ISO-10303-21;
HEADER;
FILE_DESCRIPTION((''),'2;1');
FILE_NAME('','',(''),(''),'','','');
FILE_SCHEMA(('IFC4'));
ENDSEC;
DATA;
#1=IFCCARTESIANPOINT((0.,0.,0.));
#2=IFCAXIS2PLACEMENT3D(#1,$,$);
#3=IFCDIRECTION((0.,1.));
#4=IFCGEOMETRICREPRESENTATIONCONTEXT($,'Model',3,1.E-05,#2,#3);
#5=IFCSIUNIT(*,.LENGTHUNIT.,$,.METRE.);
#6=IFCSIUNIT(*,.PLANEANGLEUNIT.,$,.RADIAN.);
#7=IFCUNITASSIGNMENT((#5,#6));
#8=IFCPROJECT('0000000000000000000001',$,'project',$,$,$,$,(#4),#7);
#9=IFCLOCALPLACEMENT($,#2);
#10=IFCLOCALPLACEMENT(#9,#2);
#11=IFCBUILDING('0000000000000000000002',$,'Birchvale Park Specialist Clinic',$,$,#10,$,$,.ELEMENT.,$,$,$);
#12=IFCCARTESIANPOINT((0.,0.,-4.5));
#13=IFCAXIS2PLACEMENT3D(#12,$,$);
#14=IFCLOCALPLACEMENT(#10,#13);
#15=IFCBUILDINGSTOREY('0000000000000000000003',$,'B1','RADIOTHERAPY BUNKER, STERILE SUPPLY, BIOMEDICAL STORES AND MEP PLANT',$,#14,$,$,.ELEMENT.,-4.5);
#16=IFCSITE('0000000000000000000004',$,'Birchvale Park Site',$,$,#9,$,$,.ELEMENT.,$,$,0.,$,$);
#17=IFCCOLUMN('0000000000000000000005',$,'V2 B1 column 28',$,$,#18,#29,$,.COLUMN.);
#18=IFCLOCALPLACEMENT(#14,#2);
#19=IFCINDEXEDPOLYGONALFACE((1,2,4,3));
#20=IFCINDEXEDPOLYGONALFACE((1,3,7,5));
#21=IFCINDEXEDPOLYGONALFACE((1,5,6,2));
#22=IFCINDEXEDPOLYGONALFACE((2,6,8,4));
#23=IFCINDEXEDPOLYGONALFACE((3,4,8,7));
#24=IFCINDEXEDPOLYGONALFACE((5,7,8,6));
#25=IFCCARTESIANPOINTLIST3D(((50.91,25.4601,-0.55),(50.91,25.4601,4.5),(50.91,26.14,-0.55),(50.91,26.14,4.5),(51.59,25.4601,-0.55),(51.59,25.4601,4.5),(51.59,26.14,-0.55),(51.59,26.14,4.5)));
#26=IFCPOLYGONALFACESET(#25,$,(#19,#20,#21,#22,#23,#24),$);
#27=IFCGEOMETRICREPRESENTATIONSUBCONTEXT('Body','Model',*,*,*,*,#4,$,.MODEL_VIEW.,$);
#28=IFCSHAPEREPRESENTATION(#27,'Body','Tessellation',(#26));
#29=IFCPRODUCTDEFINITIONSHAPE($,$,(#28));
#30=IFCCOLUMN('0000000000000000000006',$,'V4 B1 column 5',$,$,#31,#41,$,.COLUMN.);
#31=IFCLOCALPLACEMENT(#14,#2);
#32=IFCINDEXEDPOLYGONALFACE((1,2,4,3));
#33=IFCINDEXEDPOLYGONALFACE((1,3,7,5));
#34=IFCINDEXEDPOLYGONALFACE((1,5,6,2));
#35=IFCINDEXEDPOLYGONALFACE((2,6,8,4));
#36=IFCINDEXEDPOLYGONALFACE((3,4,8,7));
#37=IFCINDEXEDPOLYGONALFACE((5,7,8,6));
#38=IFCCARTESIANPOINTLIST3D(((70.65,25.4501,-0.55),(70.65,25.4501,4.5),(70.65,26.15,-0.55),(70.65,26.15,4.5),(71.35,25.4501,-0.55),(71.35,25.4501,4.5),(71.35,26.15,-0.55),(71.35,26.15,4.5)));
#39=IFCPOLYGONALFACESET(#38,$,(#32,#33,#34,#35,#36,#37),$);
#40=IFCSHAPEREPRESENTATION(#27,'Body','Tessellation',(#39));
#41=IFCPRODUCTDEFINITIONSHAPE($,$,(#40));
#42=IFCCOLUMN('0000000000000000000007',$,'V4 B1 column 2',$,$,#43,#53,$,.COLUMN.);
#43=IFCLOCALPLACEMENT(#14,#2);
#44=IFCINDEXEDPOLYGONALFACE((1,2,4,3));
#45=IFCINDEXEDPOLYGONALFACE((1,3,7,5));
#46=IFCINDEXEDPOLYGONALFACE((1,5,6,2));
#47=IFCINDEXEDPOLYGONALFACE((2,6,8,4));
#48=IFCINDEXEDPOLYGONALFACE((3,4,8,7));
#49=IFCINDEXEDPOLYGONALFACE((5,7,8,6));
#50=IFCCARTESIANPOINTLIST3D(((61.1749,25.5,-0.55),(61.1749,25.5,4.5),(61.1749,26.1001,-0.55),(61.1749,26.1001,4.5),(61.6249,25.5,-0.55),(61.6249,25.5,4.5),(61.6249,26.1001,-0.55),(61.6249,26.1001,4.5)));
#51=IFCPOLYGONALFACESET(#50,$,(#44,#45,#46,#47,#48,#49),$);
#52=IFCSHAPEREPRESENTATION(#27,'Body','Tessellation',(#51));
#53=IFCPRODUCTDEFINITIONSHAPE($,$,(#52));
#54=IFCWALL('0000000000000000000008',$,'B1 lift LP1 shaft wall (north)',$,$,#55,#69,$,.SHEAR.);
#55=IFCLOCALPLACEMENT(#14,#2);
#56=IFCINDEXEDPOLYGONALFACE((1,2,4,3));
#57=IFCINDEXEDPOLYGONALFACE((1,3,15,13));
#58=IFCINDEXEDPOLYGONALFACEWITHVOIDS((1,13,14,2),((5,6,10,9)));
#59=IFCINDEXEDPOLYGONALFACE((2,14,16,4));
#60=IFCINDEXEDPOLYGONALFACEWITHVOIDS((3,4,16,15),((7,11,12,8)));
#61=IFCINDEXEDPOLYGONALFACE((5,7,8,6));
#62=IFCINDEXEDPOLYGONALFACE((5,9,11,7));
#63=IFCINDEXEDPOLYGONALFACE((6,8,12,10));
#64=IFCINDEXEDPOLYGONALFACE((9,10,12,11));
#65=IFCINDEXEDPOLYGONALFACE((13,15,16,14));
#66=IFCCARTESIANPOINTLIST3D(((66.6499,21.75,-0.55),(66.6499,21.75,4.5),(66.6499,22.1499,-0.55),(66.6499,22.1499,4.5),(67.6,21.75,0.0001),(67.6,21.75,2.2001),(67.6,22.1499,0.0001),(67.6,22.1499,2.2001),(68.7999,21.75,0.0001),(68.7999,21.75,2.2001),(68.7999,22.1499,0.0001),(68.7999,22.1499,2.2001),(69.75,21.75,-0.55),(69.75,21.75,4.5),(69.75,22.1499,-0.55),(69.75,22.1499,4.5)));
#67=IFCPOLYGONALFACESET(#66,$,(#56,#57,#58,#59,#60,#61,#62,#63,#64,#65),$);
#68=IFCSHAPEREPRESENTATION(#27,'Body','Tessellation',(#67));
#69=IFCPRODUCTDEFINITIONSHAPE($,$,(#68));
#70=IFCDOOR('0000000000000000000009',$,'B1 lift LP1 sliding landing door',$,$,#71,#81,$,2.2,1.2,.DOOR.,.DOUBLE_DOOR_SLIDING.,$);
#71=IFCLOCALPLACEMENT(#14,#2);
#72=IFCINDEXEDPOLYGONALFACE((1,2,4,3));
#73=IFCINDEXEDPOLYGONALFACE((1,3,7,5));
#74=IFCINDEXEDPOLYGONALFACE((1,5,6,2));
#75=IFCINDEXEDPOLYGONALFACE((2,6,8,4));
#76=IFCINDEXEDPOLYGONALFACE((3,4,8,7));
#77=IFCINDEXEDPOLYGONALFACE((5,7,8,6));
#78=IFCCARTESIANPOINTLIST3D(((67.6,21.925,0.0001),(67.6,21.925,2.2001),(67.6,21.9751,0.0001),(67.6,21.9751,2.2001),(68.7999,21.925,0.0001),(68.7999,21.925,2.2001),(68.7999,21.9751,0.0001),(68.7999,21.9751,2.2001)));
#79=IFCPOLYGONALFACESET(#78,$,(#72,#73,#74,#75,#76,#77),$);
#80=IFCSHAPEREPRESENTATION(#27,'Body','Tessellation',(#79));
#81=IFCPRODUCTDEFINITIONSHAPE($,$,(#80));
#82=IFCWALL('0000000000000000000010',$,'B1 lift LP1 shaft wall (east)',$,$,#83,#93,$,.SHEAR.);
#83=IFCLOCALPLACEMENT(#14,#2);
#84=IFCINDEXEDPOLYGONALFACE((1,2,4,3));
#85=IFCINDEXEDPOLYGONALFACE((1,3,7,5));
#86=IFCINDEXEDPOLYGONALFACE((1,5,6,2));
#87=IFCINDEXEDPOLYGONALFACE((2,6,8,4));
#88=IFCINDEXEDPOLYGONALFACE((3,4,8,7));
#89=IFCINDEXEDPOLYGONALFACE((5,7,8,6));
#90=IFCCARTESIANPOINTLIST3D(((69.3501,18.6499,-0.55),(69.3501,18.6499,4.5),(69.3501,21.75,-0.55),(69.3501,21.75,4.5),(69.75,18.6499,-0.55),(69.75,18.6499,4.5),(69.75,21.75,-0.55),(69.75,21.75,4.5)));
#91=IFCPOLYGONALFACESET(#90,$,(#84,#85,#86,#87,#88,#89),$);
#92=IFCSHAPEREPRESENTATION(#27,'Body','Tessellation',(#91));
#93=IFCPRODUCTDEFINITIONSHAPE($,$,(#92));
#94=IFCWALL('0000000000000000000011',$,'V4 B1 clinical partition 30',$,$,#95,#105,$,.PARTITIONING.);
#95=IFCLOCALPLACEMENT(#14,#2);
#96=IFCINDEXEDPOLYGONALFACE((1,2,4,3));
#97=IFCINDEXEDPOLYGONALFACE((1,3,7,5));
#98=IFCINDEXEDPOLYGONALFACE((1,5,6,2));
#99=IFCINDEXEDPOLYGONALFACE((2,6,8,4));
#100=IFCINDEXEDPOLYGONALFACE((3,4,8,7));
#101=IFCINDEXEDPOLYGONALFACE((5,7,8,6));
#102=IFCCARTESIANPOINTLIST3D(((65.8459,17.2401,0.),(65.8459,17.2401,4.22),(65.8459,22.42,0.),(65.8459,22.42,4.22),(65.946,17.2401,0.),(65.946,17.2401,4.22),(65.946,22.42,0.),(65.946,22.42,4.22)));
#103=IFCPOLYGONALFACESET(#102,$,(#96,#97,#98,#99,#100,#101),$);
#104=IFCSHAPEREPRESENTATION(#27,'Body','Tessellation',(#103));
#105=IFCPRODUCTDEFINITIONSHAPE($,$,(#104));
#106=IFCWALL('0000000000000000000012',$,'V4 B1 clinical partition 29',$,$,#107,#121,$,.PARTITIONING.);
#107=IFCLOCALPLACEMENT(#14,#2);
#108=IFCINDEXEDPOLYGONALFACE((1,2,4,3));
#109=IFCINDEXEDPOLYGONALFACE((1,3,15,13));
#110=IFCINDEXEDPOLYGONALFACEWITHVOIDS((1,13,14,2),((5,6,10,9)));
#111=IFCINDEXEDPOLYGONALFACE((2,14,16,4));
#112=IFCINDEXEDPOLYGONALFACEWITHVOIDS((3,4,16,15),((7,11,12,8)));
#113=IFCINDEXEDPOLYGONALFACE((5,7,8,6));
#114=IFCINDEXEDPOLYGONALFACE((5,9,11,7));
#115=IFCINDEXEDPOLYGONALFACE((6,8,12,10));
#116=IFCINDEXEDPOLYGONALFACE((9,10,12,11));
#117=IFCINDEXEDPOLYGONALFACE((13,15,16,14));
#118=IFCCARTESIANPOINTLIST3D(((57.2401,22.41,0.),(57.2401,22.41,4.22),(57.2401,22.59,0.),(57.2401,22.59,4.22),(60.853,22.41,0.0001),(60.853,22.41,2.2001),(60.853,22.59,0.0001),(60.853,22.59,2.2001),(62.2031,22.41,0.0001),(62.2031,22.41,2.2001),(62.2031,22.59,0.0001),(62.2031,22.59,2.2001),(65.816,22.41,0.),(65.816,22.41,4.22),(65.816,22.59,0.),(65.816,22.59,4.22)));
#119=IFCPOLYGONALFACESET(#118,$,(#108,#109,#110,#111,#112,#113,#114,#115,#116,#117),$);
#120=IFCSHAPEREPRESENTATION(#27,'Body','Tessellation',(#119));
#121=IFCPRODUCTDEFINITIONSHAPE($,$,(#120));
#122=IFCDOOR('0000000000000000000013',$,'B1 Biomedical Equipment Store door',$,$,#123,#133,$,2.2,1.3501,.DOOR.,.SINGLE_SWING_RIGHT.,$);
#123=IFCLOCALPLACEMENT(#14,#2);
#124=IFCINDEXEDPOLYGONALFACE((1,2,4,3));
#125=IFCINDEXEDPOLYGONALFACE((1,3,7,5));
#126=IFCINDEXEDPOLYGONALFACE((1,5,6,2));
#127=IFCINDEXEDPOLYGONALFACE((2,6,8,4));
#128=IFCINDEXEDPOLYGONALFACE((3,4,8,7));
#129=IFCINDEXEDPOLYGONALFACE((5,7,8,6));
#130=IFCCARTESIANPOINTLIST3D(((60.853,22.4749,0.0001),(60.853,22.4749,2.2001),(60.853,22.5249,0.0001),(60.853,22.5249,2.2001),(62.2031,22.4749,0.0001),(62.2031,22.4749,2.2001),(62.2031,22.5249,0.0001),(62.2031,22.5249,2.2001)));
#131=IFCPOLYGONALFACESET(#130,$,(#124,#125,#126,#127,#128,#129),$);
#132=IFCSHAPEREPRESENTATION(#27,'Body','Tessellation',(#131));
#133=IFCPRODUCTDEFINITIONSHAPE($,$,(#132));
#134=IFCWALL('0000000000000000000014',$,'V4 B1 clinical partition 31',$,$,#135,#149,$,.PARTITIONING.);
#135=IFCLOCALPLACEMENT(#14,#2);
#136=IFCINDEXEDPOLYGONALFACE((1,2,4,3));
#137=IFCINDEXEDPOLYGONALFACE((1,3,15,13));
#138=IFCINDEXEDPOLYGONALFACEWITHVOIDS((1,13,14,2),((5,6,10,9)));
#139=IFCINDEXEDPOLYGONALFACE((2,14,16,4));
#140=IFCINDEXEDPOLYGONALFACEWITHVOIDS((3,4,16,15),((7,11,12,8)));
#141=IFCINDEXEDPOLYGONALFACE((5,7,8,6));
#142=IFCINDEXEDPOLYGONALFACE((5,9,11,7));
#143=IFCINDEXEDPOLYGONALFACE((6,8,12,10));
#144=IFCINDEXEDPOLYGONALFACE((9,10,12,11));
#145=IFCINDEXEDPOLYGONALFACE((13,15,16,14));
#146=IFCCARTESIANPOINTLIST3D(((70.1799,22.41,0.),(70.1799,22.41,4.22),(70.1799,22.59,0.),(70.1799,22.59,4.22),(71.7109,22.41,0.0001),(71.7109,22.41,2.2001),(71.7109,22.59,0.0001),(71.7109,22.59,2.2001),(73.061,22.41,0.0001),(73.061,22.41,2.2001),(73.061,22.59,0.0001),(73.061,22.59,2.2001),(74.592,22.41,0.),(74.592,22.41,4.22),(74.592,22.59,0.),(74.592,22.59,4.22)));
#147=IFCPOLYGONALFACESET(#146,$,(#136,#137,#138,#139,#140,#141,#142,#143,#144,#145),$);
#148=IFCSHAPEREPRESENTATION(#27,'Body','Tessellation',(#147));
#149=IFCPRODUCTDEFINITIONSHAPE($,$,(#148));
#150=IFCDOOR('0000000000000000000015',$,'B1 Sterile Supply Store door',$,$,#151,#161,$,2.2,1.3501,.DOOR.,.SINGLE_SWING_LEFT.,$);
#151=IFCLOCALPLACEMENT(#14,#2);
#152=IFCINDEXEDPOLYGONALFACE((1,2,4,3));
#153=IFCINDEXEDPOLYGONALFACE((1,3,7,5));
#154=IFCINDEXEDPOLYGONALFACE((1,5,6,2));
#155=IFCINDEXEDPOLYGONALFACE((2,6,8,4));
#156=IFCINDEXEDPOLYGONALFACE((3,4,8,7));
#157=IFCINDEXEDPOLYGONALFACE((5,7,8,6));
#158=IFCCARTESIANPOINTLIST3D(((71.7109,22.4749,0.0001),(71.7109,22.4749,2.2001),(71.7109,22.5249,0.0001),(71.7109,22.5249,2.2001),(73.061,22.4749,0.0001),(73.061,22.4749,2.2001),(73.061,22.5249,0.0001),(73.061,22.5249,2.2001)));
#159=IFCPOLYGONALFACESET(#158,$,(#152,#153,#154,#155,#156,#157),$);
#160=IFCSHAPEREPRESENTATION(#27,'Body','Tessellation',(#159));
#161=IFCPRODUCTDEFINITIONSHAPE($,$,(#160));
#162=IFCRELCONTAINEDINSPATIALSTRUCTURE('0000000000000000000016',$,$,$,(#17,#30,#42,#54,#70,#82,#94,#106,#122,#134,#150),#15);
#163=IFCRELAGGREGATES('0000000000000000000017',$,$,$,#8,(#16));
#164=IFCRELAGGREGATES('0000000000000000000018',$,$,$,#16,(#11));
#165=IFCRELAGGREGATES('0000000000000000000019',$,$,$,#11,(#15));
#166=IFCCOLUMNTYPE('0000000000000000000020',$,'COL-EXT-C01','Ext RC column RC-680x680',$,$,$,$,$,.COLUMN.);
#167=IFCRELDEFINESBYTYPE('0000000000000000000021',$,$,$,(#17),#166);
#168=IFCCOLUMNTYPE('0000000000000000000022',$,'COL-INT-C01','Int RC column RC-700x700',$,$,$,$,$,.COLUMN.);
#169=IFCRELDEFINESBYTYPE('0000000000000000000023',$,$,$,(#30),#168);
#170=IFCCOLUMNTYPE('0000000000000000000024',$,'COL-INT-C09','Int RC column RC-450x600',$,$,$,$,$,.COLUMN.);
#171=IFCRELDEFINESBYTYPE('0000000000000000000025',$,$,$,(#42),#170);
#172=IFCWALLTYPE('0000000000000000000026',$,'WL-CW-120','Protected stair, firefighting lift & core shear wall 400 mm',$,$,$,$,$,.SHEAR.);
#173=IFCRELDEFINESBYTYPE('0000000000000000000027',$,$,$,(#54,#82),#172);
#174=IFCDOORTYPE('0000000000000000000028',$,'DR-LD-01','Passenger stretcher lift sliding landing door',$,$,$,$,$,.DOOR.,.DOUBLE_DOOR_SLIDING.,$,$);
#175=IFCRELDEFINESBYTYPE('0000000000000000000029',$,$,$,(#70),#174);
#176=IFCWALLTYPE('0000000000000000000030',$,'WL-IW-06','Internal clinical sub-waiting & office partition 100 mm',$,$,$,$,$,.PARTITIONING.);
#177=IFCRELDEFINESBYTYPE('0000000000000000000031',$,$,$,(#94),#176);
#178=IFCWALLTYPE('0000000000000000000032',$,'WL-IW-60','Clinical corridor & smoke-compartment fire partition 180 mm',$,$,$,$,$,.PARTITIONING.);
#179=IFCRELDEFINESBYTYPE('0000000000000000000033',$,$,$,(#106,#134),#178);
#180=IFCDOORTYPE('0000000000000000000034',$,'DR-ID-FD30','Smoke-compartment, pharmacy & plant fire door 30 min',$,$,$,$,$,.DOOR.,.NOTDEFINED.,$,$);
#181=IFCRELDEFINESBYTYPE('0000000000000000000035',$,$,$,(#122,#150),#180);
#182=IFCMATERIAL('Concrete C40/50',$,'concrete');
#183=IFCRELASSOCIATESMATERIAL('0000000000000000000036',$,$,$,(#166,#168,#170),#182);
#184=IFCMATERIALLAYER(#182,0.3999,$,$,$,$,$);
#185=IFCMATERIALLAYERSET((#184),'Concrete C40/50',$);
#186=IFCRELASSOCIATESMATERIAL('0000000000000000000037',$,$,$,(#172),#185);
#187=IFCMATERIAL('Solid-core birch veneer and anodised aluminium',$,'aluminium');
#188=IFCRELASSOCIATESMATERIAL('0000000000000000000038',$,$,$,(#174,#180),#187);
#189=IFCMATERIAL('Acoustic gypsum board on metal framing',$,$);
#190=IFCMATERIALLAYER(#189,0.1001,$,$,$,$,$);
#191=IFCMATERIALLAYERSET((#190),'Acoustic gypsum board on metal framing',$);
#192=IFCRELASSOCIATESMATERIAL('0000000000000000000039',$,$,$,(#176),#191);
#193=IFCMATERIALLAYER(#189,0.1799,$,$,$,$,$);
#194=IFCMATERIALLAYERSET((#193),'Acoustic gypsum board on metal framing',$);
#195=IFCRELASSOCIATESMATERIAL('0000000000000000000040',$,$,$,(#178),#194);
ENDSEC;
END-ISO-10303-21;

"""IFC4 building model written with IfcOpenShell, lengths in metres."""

from ifc_helpers import new_model, si_unit, direction, frame, frame_2d, origin, origin_2d, place, context, subcontext, project, spatial, rectangle, extrude, material, layer, layer_set, material_profile, profile_set, type_object, element, fill, save


model = new_model("IFC4")

# Units and contexts
model_context = context("Model", 3, precision=1e-05, world=origin(), true_north=direction((0.0, 1.0)))
body_context = subcontext(model_context, "Body", "Model", "MODEL_VIEW")
ifc_project = project(units=[si_unit("LENGTHUNIT", "METRE"), si_unit("PLANEANGLEUNIT", "RADIAN")], contexts=[model_context])

# Site, building, storey
site_placement = place(None, origin())
site = spatial("IfcSite", under=ifc_project, at=site_placement, Name="Birchvale Park Site", CompositionType="ELEMENT", RefElevation=0.0)
building_placement = place(site_placement, origin())
building = spatial("IfcBuilding", under=site, at=building_placement, Name="Birchvale Park Specialist Clinic", CompositionType="ELEMENT")
storey_placement = place(building_placement, frame((0.0, 0.0, -4.5)))
storey = spatial("IfcBuildingStorey", under=building, at=storey_placement, Name="B1", Description="RADIOTHERAPY BUNKER, STERILE SUPPLY, BIOMEDICAL STORES AND MEP PLANT", CompositionType="ELEMENT", Elevation=-4.5)

# Shared definitions
ifc_material_1 = material(Name="Concrete C40/50", Category="concrete")

# Columns
ifc_material_profile_1 = material_profile(ifc_material_1, rectangle(XDim=0.6799, YDim=0.6799, at=origin_2d()), Name="RC-680x680")
ifc_profile_set_1 = profile_set([ifc_material_profile_1], Name="Concrete C40/50")
column_type_1 = type_object("IfcColumnType", Name="COL-EXT-C01", Description="Ext RC column RC-680x680", PredefinedType="COLUMN", material=ifc_profile_set_1)
column_1_placement = place(storey_placement, frame((51.25, 25.8, -0.55), z_axis=(0.0, 0.0, 1.0), x_axis=(1.0, 0.0, 0.0)))
element("IfcColumn", 1, at=column_1_placement, inside=storey, type_object=column_type_1, Name="V2 B1 column 28", PredefinedType="COLUMN", context=body_context, shape_type="SweptSolid", body=[
    extrude(rectangle(XDim=0.6799, YDim=0.6799, at=origin_2d()), origin(), (0.0, 0.0, 1.0), 5.05),
])
ifc_material_profile_2 = material_profile(ifc_material_1, rectangle(XDim=0.7, YDim=0.7, at=origin_2d()), Name="RC-700x700")
ifc_profile_set_2 = profile_set([ifc_material_profile_2], Name="Concrete C40/50")
column_type_2 = type_object("IfcColumnType", Name="COL-INT-C01", Description="Int RC column RC-700x700", PredefinedType="COLUMN", material=ifc_profile_set_2)
column_2_placement = place(storey_placement, frame((71.0, 25.8, -0.55), z_axis=(0.0, 0.0, 1.0), x_axis=(1.0, 0.0, 0.0)))
element("IfcColumn", 2, at=column_2_placement, inside=storey, type_object=column_type_2, Name="V4 B1 column 5", PredefinedType="COLUMN", context=body_context, shape_type="SweptSolid", body=[
    extrude(rectangle(XDim=0.7, YDim=0.7, at=origin_2d()), origin(), (0.0, 0.0, 1.0), 5.05),
])
ifc_material_profile_3 = material_profile(ifc_material_1, rectangle(XDim=0.45, YDim=0.6001, at=origin_2d()), Name="RC-450x600")
ifc_profile_set_3 = profile_set([ifc_material_profile_3], Name="Concrete C40/50")
column_type_3 = type_object("IfcColumnType", Name="COL-INT-C09", Description="Int RC column RC-450x600", PredefinedType="COLUMN", material=ifc_profile_set_3)
column_3_placement = place(storey_placement, frame((61.3999, 25.8, -0.55), z_axis=(0.0, 0.0, 1.0), x_axis=(1.0, 0.0, 0.0)))
element("IfcColumn", 3, at=column_3_placement, inside=storey, type_object=column_type_3, Name="V4 B1 column 2", PredefinedType="COLUMN", context=body_context, shape_type="SweptSolid", body=[
    extrude(rectangle(XDim=0.45, YDim=0.6001, at=origin_2d()), origin(), (0.0, 0.0, 1.0), 5.05),
])

# Wall, opening, door
ifc_layer_1 = layer(ifc_material_1, 0.3999)
ifc_layer_set_1 = layer_set([ifc_layer_1], Name="Concrete C40/50")
wall_type_1 = type_object("IfcWallType", Name="WL-CW-120", Description="Protected stair, firefighting lift & core shear wall 400 mm", PredefinedType="SHEAR", material=ifc_layer_set_1)
wall_1_placement = place(storey_placement, frame((69.75, 21.95, -0.55), z_axis=(0.0, 0.0, 1.0), x_axis=(-1.0, 0.0, 0.0)))
wall_1 = element("IfcWall", 4, at=wall_1_placement, inside=storey, type_object=wall_type_1, Name="B1 lift LP1 shaft wall (north)", PredefinedType="SHEAR", context=body_context, shape_type="SweptSolid", body=[
    extrude(rectangle(XDim=3.1001, YDim=0.3999, at=frame_2d((1.55, 0.0))), origin(), (0.0, 0.0, 1.0), 5.05),
])
opening_1_placement = place(wall_1_placement, frame((0.95, 0.0, 0.55)))
opening_1 = element("IfcOpeningElement", 5, at=opening_1_placement, cuts=wall_1, PredefinedType="OPENING", context=body_context, shape_type="SweptSolid", body=[
    extrude(rectangle(XDim=1.2, YDim=2.2, at=frame_2d((0.6001, 1.1001))), frame((0.0, 0.21, 0.0), z_axis=(0.0, -1.0, 0.0), x_axis=(1.0, 0.0, 0.0)), (0.0, 0.0, 1.0), 0.4199),
])
ifc_material_2 = material(Name="Solid-core birch veneer and anodised aluminium", Category="aluminium")
door_type_1 = type_object("IfcDoorType", Name="DR-LD-01", Description="Passenger stretcher lift sliding landing door", OperationType="DOUBLE_DOOR_SLIDING", PredefinedType="DOOR", material=ifc_material_2)
door_1_placement = place(opening_1_placement, origin())
door_1 = element("IfcDoor", 6, at=door_1_placement, inside=storey, type_object=door_type_1, Name="B1 lift LP1 sliding landing door", OperationType="DOUBLE_DOOR_SLIDING", OverallHeight=2.2, OverallWidth=1.2, PredefinedType="DOOR", context=body_context, shape_type="SweptSolid", body=[
    extrude(rectangle(XDim=1.2, YDim=2.2, at=frame_2d((0.6001, 1.1001))), frame((0.0, 0.0249, 0.0), z_axis=(0.0, -1.0, 0.0), x_axis=(1.0, 0.0, 0.0)), (0.0, 0.0, 1.0), 0.05),
])
fill(opening_1, door_1)

# Walls
wall_2_placement = place(storey_placement, frame((69.55, 21.75, -0.55), z_axis=(0.0, 0.0, 1.0), x_axis=(0.0, -1.0, 0.0)))
element("IfcWall", 7, at=wall_2_placement, inside=storey, type_object=wall_type_1, Name="B1 lift LP1 shaft wall (east)", PredefinedType="SHEAR", context=body_context, shape_type="SweptSolid", body=[
    extrude(rectangle(XDim=3.1001, YDim=0.3999, at=frame_2d((1.55, 0.0))), origin(), (0.0, 0.0, 1.0), 5.05),
])
ifc_material_3 = material(Name="Acoustic gypsum board on metal framing")
ifc_layer_2 = layer(ifc_material_3, 0.1001)
ifc_layer_set_2 = layer_set([ifc_layer_2], Name="Acoustic gypsum board on metal framing")
wall_type_2 = type_object("IfcWallType", Name="WL-IW-06", Description="Internal clinical sub-waiting & office partition 100 mm", PredefinedType="PARTITIONING", material=ifc_layer_set_2)
wall_3_placement = place(storey_placement, frame((65.896, 22.4199, 0.0), z_axis=(0.0, 0.0, 1.0), x_axis=(0.0, -1.0, 0.0)))
element("IfcWall", 8, at=wall_3_placement, inside=storey, type_object=wall_type_2, Name="V4 B1 clinical partition 30", PredefinedType="PARTITIONING", context=body_context, shape_type="SweptSolid", body=[
    extrude(rectangle(XDim=5.1799, YDim=0.1001, at=frame_2d((2.5898, 0.0))), origin(), (0.0, 0.0, 1.0), 4.22),
])

# Walls, openings, doors
ifc_layer_3 = layer(ifc_material_3, 0.1799)
ifc_layer_set_3 = layer_set([ifc_layer_3], Name="Acoustic gypsum board on metal framing")
wall_type_3 = type_object("IfcWallType", Name="WL-IW-60", Description="Clinical corridor & smoke-compartment fire partition 180 mm", PredefinedType="PARTITIONING", material=ifc_layer_set_3)
wall_4_placement = place(storey_placement, frame((57.24, 22.5, 0.0), z_axis=(0.0, 0.0, 1.0), x_axis=(1.0, 0.0, 0.0)))
wall_4 = element("IfcWall", 9, at=wall_4_placement, inside=storey, type_object=wall_type_3, Name="V4 B1 clinical partition 29", PredefinedType="PARTITIONING", context=body_context, shape_type="SweptSolid", body=[
    extrude(rectangle(XDim=8.5759, YDim=0.1799, at=frame_2d((4.2881, 0.0))), origin(), (0.0, 0.0, 1.0), 4.22),
])
opening_2_placement = place(wall_4_placement, frame((3.613, 0.0, 0.0)))
opening_2 = element("IfcOpeningElement", 10, at=opening_2_placement, cuts=wall_4, PredefinedType="OPENING", context=body_context, shape_type="SweptSolid", body=[
    extrude(rectangle(XDim=1.3501, YDim=2.2, at=frame_2d((0.675, 1.1001))), frame((0.0, 0.1001, 0.0), z_axis=(0.0, -1.0, 0.0), x_axis=(1.0, 0.0, 0.0)), (0.0, 0.0, 1.0), 0.2),
])
door_type_2 = type_object("IfcDoorType", Name="DR-ID-FD30", Description="Smoke-compartment, pharmacy & plant fire door 30 min", OperationType="NOTDEFINED", PredefinedType="DOOR", material=ifc_material_2)
door_2_placement = place(opening_2_placement, origin())
door_2 = element("IfcDoor", 11, at=door_2_placement, inside=storey, type_object=door_type_2, Name="B1 Biomedical Equipment Store door", OperationType="SINGLE_SWING_RIGHT", OverallHeight=2.2, OverallWidth=1.3501, PredefinedType="DOOR", context=body_context, shape_type="SweptSolid", body=[
    extrude(rectangle(XDim=1.3501, YDim=2.2, at=frame_2d((0.675, 1.1001))), frame((0.0, 0.0249, 0.0), z_axis=(0.0, -1.0, 0.0), x_axis=(1.0, 0.0, 0.0)), (0.0, 0.0, 1.0), 0.05),
])
fill(opening_2, door_2)
wall_5_placement = place(storey_placement, frame((70.1799, 22.5, 0.0), z_axis=(0.0, 0.0, 1.0), x_axis=(1.0, 0.0, 0.0)))
wall_5 = element("IfcWall", 12, at=wall_5_placement, inside=storey, type_object=wall_type_3, Name="V4 B1 clinical partition 31", PredefinedType="PARTITIONING", context=body_context, shape_type="SweptSolid", body=[
    extrude(rectangle(XDim=4.4121, YDim=0.1799, at=frame_2d((2.2061, 0.0))), origin(), (0.0, 0.0, 1.0), 4.22),
])
opening_3_placement = place(wall_5_placement, frame((1.531, 0.0, 0.0)))
opening_3 = element("IfcOpeningElement", 13, at=opening_3_placement, cuts=wall_5, PredefinedType="OPENING", context=body_context, shape_type="SweptSolid", body=[
    extrude(rectangle(XDim=1.3501, YDim=2.2, at=frame_2d((0.675, 1.1001))), frame((0.0, 0.1001, 0.0), z_axis=(0.0, -1.0, 0.0), x_axis=(1.0, 0.0, 0.0)), (0.0, 0.0, 1.0), 0.2),
])
door_3_placement = place(opening_3_placement, origin())
door_3 = element("IfcDoor", 14, at=door_3_placement, inside=storey, type_object=door_type_2, Name="B1 Sterile Supply Store door", OperationType="SINGLE_SWING_LEFT", OverallHeight=2.2, OverallWidth=1.3501, PredefinedType="DOOR", context=body_context, shape_type="SweptSolid", body=[
    extrude(rectangle(XDim=1.3501, YDim=2.2, at=frame_2d((0.675, 1.1001))), frame((0.0, 0.0249, 0.0), z_axis=(0.0, -1.0, 0.0), x_axis=(1.0, 0.0, 0.0)), (0.0, 0.0, 1.0), 0.05),
])
fill(opening_3, door_3)

save(model, "model.ifc")
